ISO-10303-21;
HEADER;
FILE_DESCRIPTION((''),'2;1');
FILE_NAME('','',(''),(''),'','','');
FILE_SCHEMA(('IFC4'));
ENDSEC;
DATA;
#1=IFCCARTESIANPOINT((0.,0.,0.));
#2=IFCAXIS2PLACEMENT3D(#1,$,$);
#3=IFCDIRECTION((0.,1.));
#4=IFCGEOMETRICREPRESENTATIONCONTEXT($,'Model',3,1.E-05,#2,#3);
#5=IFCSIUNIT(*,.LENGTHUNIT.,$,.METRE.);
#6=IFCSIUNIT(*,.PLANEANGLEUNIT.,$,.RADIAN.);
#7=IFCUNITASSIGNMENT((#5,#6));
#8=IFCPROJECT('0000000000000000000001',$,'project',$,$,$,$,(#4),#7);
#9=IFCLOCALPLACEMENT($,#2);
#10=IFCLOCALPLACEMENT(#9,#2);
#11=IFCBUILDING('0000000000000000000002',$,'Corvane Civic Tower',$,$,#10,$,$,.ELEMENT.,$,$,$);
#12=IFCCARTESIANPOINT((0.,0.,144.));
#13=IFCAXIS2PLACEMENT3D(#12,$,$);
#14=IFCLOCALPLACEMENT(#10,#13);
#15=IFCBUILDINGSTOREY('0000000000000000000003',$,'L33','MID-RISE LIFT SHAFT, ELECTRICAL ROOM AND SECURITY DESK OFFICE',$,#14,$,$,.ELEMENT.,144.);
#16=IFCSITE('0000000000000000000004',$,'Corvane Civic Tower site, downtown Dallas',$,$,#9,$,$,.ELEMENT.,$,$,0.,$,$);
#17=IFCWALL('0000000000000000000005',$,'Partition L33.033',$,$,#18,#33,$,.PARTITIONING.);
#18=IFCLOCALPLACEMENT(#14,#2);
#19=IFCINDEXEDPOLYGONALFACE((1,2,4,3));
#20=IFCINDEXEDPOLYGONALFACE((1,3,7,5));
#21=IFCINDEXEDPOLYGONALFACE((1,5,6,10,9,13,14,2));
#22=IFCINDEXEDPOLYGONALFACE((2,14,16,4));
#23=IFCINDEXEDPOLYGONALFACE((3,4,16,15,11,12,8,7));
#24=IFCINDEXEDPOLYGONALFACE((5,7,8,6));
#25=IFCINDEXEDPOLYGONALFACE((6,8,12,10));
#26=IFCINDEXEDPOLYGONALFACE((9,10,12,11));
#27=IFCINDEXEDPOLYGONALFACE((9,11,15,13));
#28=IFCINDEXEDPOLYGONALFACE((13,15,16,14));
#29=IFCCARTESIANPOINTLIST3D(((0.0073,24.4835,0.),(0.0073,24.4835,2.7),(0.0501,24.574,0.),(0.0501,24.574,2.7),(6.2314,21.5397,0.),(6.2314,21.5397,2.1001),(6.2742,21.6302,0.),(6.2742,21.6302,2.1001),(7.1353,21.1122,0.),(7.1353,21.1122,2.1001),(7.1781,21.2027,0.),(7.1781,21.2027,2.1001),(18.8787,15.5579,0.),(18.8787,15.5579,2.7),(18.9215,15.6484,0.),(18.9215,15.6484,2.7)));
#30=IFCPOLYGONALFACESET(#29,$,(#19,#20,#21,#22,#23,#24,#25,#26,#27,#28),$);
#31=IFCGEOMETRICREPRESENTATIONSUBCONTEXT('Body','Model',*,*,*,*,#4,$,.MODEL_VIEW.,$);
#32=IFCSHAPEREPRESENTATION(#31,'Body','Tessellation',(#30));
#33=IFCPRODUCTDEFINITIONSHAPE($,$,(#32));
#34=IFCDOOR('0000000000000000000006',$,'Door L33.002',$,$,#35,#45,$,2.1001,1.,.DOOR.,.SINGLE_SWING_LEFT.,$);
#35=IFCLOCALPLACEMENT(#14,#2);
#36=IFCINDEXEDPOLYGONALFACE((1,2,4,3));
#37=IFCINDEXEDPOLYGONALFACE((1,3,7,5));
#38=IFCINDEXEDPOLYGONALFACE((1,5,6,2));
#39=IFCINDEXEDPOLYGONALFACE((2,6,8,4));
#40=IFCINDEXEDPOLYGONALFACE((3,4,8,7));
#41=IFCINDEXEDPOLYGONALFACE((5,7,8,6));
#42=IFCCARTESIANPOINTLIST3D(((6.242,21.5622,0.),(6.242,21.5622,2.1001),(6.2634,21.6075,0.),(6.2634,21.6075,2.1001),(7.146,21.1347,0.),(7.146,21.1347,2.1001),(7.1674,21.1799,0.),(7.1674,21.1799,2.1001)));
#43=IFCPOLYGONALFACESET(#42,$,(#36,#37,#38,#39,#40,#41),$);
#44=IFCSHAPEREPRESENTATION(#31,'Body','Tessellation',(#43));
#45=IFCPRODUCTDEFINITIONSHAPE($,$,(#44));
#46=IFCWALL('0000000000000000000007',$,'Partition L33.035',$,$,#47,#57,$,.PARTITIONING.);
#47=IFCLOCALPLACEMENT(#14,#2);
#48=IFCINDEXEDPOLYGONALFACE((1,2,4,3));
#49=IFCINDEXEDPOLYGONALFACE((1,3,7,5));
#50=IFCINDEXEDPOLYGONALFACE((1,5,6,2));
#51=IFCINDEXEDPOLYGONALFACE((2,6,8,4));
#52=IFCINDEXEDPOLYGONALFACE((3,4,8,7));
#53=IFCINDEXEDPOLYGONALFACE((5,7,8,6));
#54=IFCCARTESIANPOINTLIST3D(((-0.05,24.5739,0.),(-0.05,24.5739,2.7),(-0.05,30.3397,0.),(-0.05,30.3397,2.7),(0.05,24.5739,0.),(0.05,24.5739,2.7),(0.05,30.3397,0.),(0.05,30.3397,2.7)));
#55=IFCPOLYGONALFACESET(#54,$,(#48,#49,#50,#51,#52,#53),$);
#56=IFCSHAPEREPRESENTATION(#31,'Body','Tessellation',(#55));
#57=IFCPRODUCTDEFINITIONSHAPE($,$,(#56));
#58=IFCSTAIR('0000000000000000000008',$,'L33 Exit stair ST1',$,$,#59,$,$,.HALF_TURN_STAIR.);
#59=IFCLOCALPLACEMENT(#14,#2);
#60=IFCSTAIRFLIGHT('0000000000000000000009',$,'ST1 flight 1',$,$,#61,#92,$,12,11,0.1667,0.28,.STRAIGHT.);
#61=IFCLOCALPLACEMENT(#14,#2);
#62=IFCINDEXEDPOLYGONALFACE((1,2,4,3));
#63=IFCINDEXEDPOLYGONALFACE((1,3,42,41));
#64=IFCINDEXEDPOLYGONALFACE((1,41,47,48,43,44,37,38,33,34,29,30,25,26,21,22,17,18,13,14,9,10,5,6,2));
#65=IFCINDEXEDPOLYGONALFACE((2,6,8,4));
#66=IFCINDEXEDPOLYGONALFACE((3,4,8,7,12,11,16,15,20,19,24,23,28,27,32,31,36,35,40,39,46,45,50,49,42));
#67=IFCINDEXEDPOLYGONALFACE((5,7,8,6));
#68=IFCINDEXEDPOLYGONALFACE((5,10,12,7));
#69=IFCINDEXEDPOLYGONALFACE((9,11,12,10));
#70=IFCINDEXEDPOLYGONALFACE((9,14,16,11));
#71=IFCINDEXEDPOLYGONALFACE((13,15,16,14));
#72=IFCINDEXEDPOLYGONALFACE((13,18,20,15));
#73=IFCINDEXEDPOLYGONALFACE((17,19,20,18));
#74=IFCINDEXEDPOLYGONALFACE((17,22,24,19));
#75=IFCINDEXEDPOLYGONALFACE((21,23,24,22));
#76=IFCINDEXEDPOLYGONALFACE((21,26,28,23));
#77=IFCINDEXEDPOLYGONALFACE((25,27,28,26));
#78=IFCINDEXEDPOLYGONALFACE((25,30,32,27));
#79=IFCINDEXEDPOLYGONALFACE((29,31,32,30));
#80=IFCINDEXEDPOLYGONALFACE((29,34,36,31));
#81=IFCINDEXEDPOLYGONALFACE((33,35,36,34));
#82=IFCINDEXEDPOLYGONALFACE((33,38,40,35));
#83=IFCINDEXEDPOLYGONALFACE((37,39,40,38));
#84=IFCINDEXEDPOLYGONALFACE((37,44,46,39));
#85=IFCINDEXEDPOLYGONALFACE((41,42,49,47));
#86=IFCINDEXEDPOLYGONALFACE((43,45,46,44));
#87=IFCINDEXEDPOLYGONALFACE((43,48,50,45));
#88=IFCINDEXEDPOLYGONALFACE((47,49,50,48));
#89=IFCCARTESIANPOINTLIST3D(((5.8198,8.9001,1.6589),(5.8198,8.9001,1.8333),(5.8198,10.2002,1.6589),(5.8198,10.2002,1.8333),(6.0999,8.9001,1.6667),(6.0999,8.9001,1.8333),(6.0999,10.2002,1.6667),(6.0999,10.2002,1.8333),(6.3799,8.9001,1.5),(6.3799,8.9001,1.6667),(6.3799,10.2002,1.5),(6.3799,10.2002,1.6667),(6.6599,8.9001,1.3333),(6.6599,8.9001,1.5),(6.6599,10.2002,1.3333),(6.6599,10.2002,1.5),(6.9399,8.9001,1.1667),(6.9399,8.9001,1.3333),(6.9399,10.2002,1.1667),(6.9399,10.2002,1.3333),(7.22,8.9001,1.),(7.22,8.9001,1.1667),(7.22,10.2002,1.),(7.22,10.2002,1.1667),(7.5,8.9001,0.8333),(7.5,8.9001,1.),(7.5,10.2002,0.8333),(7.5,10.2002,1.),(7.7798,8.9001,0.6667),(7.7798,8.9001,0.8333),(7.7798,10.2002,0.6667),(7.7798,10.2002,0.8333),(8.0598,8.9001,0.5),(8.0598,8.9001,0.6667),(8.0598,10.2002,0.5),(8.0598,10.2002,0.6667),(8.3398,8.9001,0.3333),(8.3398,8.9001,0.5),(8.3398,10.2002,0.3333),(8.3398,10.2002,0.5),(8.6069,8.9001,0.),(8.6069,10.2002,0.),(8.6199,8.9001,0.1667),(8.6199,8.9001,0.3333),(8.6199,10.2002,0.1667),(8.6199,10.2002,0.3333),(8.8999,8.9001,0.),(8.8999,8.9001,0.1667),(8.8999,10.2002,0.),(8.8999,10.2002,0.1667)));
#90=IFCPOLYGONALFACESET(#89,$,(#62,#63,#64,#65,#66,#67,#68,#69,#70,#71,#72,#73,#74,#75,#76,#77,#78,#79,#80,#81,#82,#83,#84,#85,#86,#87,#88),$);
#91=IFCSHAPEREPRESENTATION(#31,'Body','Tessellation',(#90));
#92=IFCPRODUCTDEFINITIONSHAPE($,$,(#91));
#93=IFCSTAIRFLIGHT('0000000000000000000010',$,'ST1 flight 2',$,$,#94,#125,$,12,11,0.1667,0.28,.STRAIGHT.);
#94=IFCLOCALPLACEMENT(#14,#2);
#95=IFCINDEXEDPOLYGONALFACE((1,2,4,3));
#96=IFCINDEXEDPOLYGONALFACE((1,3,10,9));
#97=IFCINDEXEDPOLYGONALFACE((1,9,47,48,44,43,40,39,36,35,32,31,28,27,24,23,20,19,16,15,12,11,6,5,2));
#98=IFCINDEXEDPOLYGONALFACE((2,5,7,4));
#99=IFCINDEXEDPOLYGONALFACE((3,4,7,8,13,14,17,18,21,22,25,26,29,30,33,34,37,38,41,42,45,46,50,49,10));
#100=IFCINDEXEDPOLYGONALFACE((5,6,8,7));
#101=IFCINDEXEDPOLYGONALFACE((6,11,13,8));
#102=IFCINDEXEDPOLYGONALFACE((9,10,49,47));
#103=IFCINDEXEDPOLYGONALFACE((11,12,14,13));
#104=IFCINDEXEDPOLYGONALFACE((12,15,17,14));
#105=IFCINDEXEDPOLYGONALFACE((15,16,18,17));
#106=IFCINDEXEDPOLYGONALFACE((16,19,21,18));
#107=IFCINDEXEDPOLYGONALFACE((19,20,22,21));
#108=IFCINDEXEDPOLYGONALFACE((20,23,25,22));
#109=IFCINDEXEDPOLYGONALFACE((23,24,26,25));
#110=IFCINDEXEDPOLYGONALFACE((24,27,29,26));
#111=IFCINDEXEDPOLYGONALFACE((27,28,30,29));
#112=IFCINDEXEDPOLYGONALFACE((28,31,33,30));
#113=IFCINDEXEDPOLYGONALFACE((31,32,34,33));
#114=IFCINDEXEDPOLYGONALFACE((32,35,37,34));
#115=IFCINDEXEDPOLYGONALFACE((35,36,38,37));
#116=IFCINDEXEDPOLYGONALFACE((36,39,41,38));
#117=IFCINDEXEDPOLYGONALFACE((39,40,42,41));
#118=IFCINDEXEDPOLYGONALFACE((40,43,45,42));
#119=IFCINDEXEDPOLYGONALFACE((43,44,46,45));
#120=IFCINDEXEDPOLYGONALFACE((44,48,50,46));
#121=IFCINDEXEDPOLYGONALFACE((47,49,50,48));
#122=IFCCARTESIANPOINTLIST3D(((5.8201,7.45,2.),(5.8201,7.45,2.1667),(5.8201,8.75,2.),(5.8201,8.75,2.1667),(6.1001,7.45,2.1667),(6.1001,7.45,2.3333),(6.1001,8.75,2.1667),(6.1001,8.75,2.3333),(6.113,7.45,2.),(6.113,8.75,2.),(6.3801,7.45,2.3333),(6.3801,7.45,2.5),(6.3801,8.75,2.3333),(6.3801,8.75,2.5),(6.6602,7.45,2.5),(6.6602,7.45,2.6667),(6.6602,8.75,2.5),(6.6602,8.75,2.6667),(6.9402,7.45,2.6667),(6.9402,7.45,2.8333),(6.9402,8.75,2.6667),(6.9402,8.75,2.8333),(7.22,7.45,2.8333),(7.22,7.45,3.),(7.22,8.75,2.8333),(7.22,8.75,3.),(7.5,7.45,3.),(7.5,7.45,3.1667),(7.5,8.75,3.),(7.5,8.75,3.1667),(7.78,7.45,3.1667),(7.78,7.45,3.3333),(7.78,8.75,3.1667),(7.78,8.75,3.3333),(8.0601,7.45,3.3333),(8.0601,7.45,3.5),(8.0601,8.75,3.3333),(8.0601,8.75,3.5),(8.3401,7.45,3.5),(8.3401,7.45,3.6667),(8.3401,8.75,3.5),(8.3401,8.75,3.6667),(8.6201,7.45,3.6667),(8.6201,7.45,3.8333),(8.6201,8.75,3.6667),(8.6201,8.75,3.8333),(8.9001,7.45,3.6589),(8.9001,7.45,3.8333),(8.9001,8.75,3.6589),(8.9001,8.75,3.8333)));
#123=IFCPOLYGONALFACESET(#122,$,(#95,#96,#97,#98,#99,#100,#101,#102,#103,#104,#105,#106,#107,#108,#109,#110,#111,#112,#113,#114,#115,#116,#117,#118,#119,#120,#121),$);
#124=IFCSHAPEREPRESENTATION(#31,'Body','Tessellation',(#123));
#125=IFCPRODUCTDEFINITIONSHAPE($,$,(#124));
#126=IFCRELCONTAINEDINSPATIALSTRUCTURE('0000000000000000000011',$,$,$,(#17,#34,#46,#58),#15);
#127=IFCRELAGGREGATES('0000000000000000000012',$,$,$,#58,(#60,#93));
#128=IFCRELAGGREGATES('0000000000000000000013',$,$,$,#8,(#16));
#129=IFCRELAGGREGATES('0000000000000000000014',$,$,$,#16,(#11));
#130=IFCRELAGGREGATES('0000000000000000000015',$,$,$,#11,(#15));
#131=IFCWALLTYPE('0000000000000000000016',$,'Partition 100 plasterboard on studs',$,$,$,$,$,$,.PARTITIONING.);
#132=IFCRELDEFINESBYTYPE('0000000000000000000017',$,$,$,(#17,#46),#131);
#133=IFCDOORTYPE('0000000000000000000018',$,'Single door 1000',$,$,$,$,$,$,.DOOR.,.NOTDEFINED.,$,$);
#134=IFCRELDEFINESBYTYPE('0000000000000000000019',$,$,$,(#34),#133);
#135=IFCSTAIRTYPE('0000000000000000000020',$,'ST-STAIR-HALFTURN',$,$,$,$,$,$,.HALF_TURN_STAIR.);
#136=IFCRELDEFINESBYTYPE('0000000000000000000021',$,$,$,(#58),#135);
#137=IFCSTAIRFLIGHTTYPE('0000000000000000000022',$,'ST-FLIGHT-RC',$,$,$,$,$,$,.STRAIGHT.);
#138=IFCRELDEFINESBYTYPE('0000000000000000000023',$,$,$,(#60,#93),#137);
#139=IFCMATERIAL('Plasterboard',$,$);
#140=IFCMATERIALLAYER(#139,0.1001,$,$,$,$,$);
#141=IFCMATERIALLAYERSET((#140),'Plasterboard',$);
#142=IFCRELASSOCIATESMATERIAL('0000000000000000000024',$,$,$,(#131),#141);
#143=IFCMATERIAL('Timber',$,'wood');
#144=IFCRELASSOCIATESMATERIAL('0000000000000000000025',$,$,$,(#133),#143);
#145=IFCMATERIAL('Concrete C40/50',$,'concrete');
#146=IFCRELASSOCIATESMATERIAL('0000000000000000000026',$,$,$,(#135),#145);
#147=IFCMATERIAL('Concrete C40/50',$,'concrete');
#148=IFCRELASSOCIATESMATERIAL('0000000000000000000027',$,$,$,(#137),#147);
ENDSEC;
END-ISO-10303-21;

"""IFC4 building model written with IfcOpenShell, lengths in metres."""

from ifc_helpers import new_model, si_unit, direction, frame, frame_2d, origin, place, context, subcontext, project, spatial, polyline, rectangle, outline, extrude, material, layer, layer_set, type_object, element, fill, aggregate, save


model = new_model("IFC4")

# Units and contexts
model_context = context("Model", 3, precision=1e-05, world=origin(), true_north=direction((0.0, 1.0)))
body_context = subcontext(model_context, "Body", "Model", "MODEL_VIEW")
ifc_project = project(units=[si_unit("LENGTHUNIT", "METRE"), si_unit("PLANEANGLEUNIT", "RADIAN")], contexts=[model_context])

# Site, building, storey
site_placement = place(None, origin())
site = spatial("IfcSite", under=ifc_project, at=site_placement, Name="Corvane Civic Tower site, downtown Dallas", CompositionType="ELEMENT", RefElevation=0.0)
building_placement = place(site_placement, origin())
building = spatial("IfcBuilding", under=site, at=building_placement, Name="Corvane Civic Tower", CompositionType="ELEMENT")
storey_placement = place(building_placement, frame((0.0, 0.0, 144.0)))
storey = spatial("IfcBuildingStorey", under=building, at=storey_placement, Name="L33", Description="MID-RISE LIFT SHAFT, ELECTRICAL ROOM AND SECURITY DESK OFFICE", CompositionType="ELEMENT", Elevation=144.0)

# Shared definitions
ifc_material_1 = material(Name="Plasterboard")
ifc_layer_1 = layer(ifc_material_1, 0.1001)
ifc_layer_set_1 = layer_set([ifc_layer_1], Name="Plasterboard")
wall_type_1 = type_object("IfcWallType", Name="Partition 100 plasterboard on studs", PredefinedType="PARTITIONING", material=ifc_layer_set_1)

# Wall, opening, door
wall_1_placement = place(storey_placement, frame((0.0286, 24.5288, 0.0), z_axis=(0.0, 0.0, 1.0), x_axis=(0.903988, -0.427557, 0.0)))
wall_1 = element("IfcWall", 1, at=wall_1_placement, inside=storey, type_object=wall_type_1, Name="Partition L33.033", PredefinedType="PARTITIONING", context=body_context, shape_type="SweptSolid", body=[
    extrude(rectangle(XDim=20.8757, YDim=0.1001, at=frame_2d((10.438, 0.0))), origin(), (0.0, 0.0, 1.0), 2.7),
])
opening_1_placement = place(wall_1_placement, frame((6.8853, 0.0, 0.0)))
opening_1 = element("IfcOpeningElement", 2, at=opening_1_placement, cuts=wall_1, PredefinedType="OPENING", context=body_context, shape_type="SweptSolid", body=[
    extrude(rectangle(XDim=1.0, YDim=2.1001, at=frame_2d((0.5, 1.05))), frame((0.0, 0.0601, 0.0), z_axis=(0.0, -1.0, 0.0), x_axis=(1.0, 0.0, 0.0)), (0.0, 0.0, 1.0), 0.1201),
])
ifc_material_2 = material(Name="Timber", Category="wood")
door_type_1 = type_object("IfcDoorType", Name="Single door 1000", OperationType="NOTDEFINED", PredefinedType="DOOR", material=ifc_material_2)
door_1_placement = place(opening_1_placement, origin())
door_1 = element("IfcDoor", 3, at=door_1_placement, inside=storey, type_object=door_type_1, Name="Door L33.002", OperationType="SINGLE_SWING_LEFT", OverallHeight=2.1001, OverallWidth=1.0, PredefinedType="DOOR", context=body_context, shape_type="SweptSolid", body=[
    extrude(rectangle(XDim=1.0, YDim=2.1001, at=frame_2d((0.5, 1.05))), frame((0.0, 0.0249, 0.0), z_axis=(0.0, -1.0, 0.0), x_axis=(1.0, 0.0, 0.0)), (0.0, 0.0, 1.0), 0.05),
])
fill(opening_1, door_1)

# Wall
wall_2_placement = place(storey_placement, frame((0.0, 24.574, 0.0), z_axis=(0.0, 0.0, 1.0), x_axis=(0.0, 1.0, 0.0)))
element("IfcWall", 4, at=wall_2_placement, inside=storey, type_object=wall_type_1, Name="Partition L33.035", PredefinedType="PARTITIONING", context=body_context, shape_type="SweptSolid", body=[
    extrude(rectangle(XDim=5.7659, YDim=0.1001, at=frame_2d((2.8828, 0.0))), origin(), (0.0, 0.0, 1.0), 2.7),
])

# Stair, stair flights
ifc_material_3 = material(Name="Concrete C40/50", Category="concrete")
stair_type = type_object("IfcStairType", Name="ST-STAIR-HALFTURN", PredefinedType="HALF_TURN_STAIR", material=ifc_material_3)
stair_placement = place(storey_placement, origin())
stair = element("IfcStair", 5, at=stair_placement, inside=storey, type_object=stair_type, Name="L33 Exit stair ST1", PredefinedType="HALF_TURN_STAIR")
ifc_material_4 = material(Name="Concrete C40/50", Category="concrete")
stair_flight_type = type_object("IfcStairFlightType", Name="ST-FLIGHT-RC", PredefinedType="STRAIGHT", material=ifc_material_4)
stair_flight_1_placement = place(storey_placement, frame((8.8999, 9.55, 0.0), z_axis=(0.0, 0.0, 1.0), x_axis=(-1.0, 0.0, 0.0)))
stair_flight_1 = element("IfcStairFlight", 6, at=stair_flight_1_placement, type_object=stair_flight_type, Name="ST1 flight 1", NumberOfRisers=12, NumberOfTreads=11, PredefinedType="STRAIGHT", RiserHeight=0.1667, TreadLength=0.28, context=body_context, shape_type="SweptSolid", body=[
    extrude(outline(polyline([(0.0, 0.0), (0.0, 0.1667), (0.28, 0.1667), (0.28, 0.3333), (0.5601, 0.3333), (0.5601, 0.5), (0.8401, 0.5), (0.8401, 0.6667), (1.1201, 0.6667), (1.1201, 0.8333), (1.3999, 0.8333), (1.3999, 1.0), (1.6799, 1.0), (1.6799, 1.1667), (1.96, 1.1667), (1.96, 1.3333), (2.24, 1.3333), (2.24, 1.5), (2.52, 1.5), (2.52, 1.6667), (2.8, 1.6667), (2.8, 1.8333), (3.0801, 1.8333), (3.0801, 2.0), (3.0801, 1.6589), (0.293, 0.0), (0.0, 0.0)])), frame((0.0, 0.6499, 0.0), z_axis=(0.0, -1.0, 0.0), x_axis=(1.0, 0.0, 0.0)), (0.0, 0.0, 1.0), 1.3),
])
stair_flight_2_placement = place(storey_placement, frame((5.8201, 8.1001, 2.0), z_axis=(0.0, 0.0, 1.0), x_axis=(1.0, 0.0, 0.0)))
stair_flight_2 = element("IfcStairFlight", 7, at=stair_flight_2_placement, type_object=stair_flight_type, Name="ST1 flight 2", NumberOfRisers=12, NumberOfTreads=11, PredefinedType="STRAIGHT", RiserHeight=0.1667, TreadLength=0.28, context=body_context, shape_type="SweptSolid", body=[
    extrude(outline(polyline([(0.0, 0.0), (0.0, 0.1667), (0.28, 0.1667), (0.28, 0.3333), (0.5601, 0.3333), (0.5601, 0.5), (0.8401, 0.5), (0.8401, 0.6667), (1.1201, 0.6667), (1.1201, 0.8333), (1.3999, 0.8333), (1.3999, 1.0), (1.6799, 1.0), (1.6799, 1.1667), (1.96, 1.1667), (1.96, 1.3333), (2.24, 1.3333), (2.24, 1.5), (2.52, 1.5), (2.52, 1.6667), (2.8, 1.6667), (2.8, 1.8333), (3.0801, 1.8333), (3.0801, 2.0), (3.0801, 1.6589), (0.293, 0.0), (0.0, 0.0)])), frame((0.0, 0.6499, 0.0), z_axis=(0.0, -1.0, 0.0), x_axis=(1.0, 0.0, 0.0)), (0.0, 0.0, 1.0), 1.3),
])
aggregate(stair, [stair_flight_1, stair_flight_2])

save(model, "model.ifc")
